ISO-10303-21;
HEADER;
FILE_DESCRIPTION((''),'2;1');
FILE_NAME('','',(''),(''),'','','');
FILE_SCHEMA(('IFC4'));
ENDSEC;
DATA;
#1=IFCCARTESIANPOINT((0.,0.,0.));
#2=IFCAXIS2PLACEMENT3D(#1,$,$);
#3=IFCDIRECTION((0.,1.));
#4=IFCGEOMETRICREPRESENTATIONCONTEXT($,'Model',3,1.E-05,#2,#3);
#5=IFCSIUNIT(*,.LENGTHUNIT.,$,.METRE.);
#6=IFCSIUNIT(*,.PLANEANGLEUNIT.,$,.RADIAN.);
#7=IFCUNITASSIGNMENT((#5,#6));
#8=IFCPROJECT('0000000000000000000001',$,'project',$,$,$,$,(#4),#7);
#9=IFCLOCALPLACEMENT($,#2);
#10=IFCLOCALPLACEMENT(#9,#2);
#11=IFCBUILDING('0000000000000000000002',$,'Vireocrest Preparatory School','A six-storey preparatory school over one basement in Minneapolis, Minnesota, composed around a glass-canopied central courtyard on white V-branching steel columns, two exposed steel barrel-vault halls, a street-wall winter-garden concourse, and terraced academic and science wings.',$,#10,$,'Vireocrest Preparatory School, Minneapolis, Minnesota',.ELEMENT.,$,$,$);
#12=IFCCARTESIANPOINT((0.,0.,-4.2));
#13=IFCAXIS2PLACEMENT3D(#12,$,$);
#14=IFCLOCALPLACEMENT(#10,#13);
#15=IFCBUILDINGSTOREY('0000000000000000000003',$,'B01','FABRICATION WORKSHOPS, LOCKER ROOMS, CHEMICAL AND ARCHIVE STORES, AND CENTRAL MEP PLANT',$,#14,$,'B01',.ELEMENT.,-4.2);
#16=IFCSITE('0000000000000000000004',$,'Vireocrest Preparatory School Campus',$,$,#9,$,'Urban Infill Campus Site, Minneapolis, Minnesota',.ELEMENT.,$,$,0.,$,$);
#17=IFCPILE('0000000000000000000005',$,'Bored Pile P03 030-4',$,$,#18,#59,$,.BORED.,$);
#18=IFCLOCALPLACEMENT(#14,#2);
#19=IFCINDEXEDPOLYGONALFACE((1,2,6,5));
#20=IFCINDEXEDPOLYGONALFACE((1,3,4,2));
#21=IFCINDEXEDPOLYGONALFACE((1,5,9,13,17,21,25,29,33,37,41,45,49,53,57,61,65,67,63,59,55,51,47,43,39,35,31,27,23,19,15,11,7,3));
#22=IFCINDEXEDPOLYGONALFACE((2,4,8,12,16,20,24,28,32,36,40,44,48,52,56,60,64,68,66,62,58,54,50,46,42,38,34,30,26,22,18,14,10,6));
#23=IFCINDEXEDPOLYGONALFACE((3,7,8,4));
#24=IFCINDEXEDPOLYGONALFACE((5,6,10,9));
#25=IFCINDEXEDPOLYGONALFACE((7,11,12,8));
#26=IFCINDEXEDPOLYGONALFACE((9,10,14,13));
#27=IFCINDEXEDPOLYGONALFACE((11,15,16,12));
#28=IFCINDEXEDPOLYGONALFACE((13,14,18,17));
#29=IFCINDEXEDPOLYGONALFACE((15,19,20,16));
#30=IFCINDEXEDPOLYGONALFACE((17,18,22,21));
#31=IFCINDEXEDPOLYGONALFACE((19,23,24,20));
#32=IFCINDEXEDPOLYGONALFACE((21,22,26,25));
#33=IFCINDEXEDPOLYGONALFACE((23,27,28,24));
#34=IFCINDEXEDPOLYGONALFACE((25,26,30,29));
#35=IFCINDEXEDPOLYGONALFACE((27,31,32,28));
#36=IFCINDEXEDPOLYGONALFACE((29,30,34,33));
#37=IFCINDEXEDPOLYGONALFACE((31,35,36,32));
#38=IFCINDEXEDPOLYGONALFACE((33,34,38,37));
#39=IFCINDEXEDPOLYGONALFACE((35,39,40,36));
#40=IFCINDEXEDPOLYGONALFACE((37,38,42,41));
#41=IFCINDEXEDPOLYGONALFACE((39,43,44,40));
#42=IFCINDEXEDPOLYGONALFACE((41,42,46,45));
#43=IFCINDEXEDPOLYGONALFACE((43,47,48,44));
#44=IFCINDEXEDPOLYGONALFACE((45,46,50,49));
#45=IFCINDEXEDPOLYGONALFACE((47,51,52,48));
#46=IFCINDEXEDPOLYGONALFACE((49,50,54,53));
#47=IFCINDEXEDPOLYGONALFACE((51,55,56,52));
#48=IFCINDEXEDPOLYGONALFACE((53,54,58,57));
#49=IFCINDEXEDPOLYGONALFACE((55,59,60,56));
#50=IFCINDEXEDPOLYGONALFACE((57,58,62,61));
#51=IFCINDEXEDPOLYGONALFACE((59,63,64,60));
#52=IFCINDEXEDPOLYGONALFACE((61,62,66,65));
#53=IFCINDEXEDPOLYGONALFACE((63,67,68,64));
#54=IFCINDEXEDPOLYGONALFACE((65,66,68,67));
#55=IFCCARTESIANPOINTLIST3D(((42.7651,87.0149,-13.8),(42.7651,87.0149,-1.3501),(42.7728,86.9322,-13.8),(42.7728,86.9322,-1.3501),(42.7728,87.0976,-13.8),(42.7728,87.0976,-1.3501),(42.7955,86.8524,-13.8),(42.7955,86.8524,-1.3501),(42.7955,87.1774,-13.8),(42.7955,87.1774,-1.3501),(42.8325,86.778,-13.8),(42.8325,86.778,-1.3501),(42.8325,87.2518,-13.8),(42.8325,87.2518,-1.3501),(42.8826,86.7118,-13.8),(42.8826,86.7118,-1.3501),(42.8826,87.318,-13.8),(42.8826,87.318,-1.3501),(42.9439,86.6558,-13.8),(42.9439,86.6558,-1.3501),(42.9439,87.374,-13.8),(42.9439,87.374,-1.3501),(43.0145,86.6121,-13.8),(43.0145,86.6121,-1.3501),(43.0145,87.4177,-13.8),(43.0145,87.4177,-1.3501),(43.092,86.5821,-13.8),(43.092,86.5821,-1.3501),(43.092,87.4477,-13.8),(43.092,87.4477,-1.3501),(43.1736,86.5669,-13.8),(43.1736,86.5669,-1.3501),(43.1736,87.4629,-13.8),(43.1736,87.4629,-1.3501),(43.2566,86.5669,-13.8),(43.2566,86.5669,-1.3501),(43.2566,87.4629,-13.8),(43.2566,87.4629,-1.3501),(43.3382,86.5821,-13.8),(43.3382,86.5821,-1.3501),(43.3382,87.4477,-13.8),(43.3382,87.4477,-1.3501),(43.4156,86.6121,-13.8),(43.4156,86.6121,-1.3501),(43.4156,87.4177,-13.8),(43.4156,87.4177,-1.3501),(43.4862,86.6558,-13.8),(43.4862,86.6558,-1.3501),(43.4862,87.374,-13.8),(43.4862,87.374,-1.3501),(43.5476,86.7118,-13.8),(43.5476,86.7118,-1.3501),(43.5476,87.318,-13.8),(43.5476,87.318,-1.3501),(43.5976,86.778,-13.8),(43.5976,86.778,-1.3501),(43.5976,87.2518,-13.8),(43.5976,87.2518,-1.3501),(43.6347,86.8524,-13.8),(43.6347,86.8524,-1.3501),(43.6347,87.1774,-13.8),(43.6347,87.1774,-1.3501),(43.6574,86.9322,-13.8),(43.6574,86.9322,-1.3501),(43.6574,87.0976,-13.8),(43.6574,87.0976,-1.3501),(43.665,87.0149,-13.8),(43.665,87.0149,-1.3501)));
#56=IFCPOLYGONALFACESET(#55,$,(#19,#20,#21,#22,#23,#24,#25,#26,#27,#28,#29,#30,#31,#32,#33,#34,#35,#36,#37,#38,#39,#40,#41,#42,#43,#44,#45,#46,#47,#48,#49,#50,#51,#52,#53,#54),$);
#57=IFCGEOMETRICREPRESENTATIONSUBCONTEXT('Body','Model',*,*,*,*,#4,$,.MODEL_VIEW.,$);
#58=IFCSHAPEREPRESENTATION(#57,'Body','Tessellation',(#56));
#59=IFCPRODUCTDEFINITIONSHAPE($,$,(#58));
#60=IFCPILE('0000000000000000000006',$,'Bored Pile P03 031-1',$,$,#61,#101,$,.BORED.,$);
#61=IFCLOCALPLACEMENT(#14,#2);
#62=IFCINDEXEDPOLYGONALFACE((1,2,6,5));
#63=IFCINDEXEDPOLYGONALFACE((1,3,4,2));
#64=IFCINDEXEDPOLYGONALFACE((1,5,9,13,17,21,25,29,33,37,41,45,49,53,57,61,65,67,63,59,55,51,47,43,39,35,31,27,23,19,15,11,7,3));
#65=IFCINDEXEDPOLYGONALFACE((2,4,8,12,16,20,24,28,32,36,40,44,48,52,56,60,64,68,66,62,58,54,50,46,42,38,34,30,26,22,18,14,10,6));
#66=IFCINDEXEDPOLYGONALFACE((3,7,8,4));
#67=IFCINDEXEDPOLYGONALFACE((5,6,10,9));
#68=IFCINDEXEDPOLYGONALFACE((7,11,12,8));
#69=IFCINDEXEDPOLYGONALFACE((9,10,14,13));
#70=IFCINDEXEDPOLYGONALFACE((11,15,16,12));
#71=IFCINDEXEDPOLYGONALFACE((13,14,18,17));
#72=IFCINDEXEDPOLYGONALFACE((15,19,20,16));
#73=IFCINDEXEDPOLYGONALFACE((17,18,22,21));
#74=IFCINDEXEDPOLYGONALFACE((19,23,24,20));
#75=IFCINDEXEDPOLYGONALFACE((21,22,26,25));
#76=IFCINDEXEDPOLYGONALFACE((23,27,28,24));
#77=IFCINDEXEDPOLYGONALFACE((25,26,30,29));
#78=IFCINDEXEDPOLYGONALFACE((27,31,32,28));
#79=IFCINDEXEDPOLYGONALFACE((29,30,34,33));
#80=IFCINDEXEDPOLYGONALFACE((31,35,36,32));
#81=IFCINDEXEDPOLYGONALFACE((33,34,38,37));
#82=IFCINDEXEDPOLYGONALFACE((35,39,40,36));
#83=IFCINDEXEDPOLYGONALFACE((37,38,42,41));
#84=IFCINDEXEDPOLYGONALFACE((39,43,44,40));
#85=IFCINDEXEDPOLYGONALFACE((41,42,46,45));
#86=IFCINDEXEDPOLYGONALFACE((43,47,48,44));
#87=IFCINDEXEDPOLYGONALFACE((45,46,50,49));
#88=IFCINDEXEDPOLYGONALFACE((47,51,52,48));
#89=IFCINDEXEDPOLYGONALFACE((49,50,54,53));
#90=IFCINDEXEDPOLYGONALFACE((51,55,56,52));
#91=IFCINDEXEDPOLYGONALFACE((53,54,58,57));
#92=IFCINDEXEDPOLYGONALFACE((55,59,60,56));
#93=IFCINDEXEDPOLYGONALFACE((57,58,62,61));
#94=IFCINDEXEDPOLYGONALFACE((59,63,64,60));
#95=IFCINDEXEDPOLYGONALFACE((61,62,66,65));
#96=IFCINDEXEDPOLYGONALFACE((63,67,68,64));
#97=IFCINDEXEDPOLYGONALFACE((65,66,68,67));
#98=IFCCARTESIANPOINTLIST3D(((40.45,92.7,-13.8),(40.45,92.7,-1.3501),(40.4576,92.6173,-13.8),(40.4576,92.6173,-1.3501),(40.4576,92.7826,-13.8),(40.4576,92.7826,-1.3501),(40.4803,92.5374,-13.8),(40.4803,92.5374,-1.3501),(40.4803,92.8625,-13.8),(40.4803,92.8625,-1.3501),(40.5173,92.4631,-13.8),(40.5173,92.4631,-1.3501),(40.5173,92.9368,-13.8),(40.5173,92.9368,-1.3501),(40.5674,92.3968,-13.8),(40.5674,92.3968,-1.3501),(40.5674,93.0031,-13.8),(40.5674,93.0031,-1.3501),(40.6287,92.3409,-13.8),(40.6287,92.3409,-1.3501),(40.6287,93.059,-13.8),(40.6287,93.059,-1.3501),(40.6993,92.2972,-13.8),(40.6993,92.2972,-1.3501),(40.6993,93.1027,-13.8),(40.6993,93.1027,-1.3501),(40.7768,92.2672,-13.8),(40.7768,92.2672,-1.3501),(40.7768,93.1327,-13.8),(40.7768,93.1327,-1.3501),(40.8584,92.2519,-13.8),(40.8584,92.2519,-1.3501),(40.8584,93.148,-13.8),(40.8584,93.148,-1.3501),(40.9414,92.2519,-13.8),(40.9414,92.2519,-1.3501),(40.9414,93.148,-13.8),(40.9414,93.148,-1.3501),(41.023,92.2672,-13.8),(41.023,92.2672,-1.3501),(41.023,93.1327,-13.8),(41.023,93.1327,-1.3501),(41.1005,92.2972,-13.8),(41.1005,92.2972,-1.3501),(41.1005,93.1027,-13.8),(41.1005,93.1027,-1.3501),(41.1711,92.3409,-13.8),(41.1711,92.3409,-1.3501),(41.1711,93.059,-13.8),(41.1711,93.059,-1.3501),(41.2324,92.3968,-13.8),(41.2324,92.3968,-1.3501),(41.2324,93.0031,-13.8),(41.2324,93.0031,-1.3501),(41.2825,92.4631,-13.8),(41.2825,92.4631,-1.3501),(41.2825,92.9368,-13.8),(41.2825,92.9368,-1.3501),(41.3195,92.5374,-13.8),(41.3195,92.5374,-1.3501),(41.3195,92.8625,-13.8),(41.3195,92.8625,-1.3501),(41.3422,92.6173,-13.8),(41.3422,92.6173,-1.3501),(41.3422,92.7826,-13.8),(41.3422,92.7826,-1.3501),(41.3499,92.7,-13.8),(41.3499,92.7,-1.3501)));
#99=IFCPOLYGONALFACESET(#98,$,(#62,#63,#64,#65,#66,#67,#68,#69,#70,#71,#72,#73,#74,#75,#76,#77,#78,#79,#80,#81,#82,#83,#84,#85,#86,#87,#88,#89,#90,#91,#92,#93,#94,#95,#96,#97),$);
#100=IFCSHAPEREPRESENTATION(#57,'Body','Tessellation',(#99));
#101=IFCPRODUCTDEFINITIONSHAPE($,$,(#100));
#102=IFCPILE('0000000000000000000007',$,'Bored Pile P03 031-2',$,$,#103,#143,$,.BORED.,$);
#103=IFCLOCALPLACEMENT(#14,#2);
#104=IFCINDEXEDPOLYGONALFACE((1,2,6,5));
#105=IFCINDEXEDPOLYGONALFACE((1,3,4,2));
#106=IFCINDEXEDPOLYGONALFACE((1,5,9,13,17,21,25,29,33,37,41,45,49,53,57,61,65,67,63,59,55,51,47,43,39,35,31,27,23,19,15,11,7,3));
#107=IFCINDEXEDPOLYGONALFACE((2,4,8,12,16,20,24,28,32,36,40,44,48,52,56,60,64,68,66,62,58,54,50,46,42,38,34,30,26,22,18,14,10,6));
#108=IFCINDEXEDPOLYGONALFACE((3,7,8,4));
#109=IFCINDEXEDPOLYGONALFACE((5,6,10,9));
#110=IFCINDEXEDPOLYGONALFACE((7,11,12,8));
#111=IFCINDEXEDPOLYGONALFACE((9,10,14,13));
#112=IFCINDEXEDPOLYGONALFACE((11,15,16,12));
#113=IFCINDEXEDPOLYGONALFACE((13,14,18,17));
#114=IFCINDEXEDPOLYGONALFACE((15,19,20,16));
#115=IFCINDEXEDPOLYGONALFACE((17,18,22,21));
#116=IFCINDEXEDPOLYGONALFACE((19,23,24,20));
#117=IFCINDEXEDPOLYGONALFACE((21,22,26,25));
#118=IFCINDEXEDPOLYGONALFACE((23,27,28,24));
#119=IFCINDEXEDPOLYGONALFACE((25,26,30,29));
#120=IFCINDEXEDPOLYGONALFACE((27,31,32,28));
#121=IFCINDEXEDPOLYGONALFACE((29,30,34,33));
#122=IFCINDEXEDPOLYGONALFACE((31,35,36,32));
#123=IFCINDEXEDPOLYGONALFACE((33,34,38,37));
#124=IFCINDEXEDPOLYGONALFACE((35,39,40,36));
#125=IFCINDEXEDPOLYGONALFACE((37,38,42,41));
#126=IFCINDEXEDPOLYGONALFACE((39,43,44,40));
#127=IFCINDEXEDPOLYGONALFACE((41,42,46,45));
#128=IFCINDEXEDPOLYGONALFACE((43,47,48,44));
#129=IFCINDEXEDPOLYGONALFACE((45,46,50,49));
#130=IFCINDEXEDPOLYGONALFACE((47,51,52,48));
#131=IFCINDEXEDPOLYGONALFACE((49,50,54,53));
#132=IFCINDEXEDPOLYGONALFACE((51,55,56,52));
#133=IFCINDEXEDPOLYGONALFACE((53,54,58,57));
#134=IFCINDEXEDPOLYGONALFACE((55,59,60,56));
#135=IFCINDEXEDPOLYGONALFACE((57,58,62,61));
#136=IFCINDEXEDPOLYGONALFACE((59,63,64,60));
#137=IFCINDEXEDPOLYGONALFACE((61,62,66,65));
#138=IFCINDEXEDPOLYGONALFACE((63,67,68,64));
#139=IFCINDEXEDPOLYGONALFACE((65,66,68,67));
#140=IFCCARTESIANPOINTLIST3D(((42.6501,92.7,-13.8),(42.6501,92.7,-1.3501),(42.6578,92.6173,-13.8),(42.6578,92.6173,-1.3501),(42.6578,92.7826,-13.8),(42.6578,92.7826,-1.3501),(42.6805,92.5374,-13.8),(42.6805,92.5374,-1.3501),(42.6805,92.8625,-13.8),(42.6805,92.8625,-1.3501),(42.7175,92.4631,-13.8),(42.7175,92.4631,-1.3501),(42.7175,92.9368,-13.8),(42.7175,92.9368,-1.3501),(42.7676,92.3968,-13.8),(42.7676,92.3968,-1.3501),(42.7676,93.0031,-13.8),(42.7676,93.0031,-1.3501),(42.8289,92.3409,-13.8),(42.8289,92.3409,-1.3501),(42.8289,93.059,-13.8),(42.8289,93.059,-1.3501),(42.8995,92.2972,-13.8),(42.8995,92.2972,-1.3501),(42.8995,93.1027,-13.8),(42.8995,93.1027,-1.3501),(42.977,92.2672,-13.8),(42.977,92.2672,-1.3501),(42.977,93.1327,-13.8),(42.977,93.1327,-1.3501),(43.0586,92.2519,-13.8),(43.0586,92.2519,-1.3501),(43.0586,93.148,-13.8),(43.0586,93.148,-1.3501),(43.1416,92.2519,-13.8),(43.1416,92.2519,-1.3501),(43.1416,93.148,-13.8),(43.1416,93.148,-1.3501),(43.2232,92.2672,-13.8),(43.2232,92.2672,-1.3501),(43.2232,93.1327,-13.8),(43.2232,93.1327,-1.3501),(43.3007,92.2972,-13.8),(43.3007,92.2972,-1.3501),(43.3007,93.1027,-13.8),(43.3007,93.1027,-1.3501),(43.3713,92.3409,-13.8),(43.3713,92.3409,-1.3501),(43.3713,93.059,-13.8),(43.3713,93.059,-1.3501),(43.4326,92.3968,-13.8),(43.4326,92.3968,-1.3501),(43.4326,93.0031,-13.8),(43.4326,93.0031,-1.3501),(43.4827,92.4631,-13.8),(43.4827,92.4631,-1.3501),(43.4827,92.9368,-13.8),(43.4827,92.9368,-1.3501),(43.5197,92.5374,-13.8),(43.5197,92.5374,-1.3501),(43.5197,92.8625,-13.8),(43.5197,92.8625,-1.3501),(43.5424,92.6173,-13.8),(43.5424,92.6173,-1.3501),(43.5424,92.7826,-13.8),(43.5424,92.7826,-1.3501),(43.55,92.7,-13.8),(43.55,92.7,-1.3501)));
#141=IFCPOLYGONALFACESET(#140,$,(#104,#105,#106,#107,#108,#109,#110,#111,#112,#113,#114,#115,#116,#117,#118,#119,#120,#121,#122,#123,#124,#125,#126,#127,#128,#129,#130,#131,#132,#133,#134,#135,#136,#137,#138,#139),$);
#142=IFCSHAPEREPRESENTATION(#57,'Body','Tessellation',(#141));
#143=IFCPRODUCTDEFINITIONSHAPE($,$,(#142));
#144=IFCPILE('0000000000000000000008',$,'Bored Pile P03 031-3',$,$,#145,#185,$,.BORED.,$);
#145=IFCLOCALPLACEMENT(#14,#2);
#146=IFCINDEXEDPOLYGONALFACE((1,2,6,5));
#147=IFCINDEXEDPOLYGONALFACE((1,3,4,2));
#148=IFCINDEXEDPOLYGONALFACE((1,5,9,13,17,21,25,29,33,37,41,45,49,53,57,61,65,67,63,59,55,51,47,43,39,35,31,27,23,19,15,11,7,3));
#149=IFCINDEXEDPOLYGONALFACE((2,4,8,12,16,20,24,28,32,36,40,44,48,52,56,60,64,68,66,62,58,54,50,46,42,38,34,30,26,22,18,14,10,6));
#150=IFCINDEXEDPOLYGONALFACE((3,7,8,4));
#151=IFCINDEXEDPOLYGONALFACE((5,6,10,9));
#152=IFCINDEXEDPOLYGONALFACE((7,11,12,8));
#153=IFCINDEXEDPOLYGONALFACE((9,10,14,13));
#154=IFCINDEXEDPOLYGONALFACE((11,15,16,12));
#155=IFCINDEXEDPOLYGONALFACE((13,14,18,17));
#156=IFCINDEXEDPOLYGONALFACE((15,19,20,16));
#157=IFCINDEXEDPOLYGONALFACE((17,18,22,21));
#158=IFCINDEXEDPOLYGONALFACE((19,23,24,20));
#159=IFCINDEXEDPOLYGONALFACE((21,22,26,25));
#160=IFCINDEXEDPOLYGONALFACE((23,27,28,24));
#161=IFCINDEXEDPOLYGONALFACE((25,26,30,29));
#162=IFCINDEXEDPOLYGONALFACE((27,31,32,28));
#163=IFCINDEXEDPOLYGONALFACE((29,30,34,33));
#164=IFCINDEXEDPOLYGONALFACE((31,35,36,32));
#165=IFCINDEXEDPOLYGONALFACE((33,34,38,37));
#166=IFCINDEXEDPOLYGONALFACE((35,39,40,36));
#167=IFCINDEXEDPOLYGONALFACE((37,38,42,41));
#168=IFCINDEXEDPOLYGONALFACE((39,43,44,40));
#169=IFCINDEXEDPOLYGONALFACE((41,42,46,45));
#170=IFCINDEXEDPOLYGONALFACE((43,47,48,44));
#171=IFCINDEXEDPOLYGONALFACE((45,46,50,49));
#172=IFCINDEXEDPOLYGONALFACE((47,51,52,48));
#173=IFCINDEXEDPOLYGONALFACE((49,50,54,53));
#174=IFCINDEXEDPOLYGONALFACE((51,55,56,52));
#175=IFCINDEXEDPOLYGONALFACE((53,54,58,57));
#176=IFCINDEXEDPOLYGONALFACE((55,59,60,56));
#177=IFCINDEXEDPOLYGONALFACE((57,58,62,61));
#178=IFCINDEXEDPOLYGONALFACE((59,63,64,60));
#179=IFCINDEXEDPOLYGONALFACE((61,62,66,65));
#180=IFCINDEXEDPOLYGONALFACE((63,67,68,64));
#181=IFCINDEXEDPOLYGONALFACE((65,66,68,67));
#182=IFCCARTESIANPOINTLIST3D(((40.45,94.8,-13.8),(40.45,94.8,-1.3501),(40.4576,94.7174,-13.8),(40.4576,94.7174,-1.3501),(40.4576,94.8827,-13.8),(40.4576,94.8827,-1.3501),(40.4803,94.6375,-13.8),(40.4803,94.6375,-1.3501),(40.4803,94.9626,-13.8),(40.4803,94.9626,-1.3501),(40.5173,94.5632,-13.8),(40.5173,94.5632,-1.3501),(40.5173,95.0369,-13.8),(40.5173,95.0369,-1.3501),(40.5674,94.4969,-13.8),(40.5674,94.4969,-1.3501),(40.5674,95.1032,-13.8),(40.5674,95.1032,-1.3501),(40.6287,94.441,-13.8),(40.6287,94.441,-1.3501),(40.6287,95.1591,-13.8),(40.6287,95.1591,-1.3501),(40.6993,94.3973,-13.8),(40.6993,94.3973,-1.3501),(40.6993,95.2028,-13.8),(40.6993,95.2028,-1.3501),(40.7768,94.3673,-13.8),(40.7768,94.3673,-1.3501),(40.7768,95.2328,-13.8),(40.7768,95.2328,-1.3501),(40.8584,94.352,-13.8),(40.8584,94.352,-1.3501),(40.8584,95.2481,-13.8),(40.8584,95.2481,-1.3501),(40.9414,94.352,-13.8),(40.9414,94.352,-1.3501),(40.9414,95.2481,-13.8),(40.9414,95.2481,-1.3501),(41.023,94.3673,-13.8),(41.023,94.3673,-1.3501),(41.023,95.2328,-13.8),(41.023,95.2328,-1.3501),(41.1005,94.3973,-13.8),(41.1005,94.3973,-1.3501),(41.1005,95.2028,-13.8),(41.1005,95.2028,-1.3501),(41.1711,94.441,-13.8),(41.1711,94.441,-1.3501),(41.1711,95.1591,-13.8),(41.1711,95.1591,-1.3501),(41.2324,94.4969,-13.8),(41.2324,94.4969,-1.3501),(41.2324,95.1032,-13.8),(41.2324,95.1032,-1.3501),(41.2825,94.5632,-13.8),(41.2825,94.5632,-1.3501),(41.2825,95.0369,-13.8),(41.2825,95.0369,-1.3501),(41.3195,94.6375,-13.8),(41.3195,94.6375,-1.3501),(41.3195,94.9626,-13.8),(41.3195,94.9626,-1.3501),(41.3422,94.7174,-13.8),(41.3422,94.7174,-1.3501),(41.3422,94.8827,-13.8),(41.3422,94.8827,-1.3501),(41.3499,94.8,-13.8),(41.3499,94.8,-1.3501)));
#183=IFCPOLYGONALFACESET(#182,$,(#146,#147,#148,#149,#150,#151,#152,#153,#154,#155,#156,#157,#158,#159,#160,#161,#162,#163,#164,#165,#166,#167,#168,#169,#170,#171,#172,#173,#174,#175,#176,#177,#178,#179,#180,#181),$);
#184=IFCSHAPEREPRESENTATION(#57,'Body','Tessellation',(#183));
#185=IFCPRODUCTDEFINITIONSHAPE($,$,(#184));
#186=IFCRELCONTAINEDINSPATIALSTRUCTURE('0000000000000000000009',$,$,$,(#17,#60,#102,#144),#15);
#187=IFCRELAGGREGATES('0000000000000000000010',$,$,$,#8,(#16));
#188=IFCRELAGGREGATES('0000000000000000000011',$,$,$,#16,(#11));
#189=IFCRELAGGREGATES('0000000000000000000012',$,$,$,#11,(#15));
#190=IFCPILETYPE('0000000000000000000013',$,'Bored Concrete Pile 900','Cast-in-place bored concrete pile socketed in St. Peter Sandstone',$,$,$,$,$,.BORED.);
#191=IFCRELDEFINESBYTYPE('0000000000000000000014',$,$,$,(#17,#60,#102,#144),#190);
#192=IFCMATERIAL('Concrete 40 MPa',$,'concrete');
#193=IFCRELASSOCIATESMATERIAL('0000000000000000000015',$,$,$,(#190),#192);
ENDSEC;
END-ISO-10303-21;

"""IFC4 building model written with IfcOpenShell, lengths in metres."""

from ifc_helpers import new_model, si_unit, direction, frame, origin, origin_2d, place, context, subcontext, project, spatial, circle, extrude, material, material_profile, profile_set, type_object, element, save


model = new_model("IFC4")

# Units and contexts
model_context = context("Model", 3, precision=1e-05, world=origin(), true_north=direction((0.0, 1.0)))
body_context = subcontext(model_context, "Body", "Model", "MODEL_VIEW")
ifc_project = project(units=[si_unit("LENGTHUNIT", "METRE"), si_unit("PLANEANGLEUNIT", "RADIAN")], contexts=[model_context])

# Site, building, storey
site_placement = place(None, origin())
site = spatial("IfcSite", under=ifc_project, at=site_placement, Name="Vireocrest Preparatory School Campus", LongName="Urban Infill Campus Site, Minneapolis, Minnesota", CompositionType="ELEMENT", RefElevation=0.0)
building_placement = place(site_placement, origin())
building = spatial("IfcBuilding", under=site, at=building_placement, Name="Vireocrest Preparatory School", Description="A six-storey preparatory school over one basement in Minneapolis, Minnesota, composed around a glass-canopied central courtyard on white V-branching steel columns, two exposed steel barrel-vault halls, a street-wall winter-garden concourse, and terraced academic and science wings.", LongName="Vireocrest Preparatory School, Minneapolis, Minnesota", CompositionType="ELEMENT")
storey_placement = place(building_placement, frame((0.0, 0.0, -4.2)))
storey = spatial("IfcBuildingStorey", under=building, at=storey_placement, Name="B01", Description="FABRICATION WORKSHOPS, LOCKER ROOMS, CHEMICAL AND ARCHIVE STORES, AND CENTRAL MEP PLANT", LongName="B01", CompositionType="ELEMENT", Elevation=-4.2)

# Piles
ifc_material_1 = material(Name="Concrete 40 MPa", Category="concrete")
ifc_material_profile_1 = material_profile(ifc_material_1, circle(Radius=0.45, at=origin_2d()), Name="BORED PILE 900")
ifc_profile_set_1 = profile_set([ifc_material_profile_1], Name="Concrete 40 MPa")
pile_type_1 = type_object("IfcPileType", Name="Bored Concrete Pile 900", Description="Cast-in-place bored concrete pile socketed in St. Peter Sandstone", PredefinedType="BORED", material=ifc_profile_set_1)
for number, where, z_axis, x_axis, name in (
    (1, (43.2151, 87.0149, -1.3501), (0.0, 0.0, -1.0), (1.0, 0.0, 0.0), "Bored Pile P03 030-4"),
    (2, (40.8999, 92.7, -1.3501), (0.0, 0.0, -1.0), (1.0, 0.0, 0.0), "Bored Pile P03 031-1"),
    (3, (43.1001, 92.7, -1.3501), (0.0, 0.0, -1.0), (1.0, 0.0, 0.0), "Bored Pile P03 031-2"),
    (4, (40.8999, 94.8, -1.3501), (0.0, 0.0, -1.0), (1.0, 0.0, 0.0), "Bored Pile P03 031-3"),
):
    element("IfcPile", number, at=place(storey_placement, frame(where, z_axis=z_axis, x_axis=x_axis)), inside=storey, type_object=pile_type_1, Name=name, PredefinedType="BORED", context=body_context, shape_type="SweptSolid", body=[
        extrude(circle(Radius=0.45, at=origin_2d()), origin(), (0.0, 0.0, 1.0), 12.45),
    ])

save(model, "model.ifc")
